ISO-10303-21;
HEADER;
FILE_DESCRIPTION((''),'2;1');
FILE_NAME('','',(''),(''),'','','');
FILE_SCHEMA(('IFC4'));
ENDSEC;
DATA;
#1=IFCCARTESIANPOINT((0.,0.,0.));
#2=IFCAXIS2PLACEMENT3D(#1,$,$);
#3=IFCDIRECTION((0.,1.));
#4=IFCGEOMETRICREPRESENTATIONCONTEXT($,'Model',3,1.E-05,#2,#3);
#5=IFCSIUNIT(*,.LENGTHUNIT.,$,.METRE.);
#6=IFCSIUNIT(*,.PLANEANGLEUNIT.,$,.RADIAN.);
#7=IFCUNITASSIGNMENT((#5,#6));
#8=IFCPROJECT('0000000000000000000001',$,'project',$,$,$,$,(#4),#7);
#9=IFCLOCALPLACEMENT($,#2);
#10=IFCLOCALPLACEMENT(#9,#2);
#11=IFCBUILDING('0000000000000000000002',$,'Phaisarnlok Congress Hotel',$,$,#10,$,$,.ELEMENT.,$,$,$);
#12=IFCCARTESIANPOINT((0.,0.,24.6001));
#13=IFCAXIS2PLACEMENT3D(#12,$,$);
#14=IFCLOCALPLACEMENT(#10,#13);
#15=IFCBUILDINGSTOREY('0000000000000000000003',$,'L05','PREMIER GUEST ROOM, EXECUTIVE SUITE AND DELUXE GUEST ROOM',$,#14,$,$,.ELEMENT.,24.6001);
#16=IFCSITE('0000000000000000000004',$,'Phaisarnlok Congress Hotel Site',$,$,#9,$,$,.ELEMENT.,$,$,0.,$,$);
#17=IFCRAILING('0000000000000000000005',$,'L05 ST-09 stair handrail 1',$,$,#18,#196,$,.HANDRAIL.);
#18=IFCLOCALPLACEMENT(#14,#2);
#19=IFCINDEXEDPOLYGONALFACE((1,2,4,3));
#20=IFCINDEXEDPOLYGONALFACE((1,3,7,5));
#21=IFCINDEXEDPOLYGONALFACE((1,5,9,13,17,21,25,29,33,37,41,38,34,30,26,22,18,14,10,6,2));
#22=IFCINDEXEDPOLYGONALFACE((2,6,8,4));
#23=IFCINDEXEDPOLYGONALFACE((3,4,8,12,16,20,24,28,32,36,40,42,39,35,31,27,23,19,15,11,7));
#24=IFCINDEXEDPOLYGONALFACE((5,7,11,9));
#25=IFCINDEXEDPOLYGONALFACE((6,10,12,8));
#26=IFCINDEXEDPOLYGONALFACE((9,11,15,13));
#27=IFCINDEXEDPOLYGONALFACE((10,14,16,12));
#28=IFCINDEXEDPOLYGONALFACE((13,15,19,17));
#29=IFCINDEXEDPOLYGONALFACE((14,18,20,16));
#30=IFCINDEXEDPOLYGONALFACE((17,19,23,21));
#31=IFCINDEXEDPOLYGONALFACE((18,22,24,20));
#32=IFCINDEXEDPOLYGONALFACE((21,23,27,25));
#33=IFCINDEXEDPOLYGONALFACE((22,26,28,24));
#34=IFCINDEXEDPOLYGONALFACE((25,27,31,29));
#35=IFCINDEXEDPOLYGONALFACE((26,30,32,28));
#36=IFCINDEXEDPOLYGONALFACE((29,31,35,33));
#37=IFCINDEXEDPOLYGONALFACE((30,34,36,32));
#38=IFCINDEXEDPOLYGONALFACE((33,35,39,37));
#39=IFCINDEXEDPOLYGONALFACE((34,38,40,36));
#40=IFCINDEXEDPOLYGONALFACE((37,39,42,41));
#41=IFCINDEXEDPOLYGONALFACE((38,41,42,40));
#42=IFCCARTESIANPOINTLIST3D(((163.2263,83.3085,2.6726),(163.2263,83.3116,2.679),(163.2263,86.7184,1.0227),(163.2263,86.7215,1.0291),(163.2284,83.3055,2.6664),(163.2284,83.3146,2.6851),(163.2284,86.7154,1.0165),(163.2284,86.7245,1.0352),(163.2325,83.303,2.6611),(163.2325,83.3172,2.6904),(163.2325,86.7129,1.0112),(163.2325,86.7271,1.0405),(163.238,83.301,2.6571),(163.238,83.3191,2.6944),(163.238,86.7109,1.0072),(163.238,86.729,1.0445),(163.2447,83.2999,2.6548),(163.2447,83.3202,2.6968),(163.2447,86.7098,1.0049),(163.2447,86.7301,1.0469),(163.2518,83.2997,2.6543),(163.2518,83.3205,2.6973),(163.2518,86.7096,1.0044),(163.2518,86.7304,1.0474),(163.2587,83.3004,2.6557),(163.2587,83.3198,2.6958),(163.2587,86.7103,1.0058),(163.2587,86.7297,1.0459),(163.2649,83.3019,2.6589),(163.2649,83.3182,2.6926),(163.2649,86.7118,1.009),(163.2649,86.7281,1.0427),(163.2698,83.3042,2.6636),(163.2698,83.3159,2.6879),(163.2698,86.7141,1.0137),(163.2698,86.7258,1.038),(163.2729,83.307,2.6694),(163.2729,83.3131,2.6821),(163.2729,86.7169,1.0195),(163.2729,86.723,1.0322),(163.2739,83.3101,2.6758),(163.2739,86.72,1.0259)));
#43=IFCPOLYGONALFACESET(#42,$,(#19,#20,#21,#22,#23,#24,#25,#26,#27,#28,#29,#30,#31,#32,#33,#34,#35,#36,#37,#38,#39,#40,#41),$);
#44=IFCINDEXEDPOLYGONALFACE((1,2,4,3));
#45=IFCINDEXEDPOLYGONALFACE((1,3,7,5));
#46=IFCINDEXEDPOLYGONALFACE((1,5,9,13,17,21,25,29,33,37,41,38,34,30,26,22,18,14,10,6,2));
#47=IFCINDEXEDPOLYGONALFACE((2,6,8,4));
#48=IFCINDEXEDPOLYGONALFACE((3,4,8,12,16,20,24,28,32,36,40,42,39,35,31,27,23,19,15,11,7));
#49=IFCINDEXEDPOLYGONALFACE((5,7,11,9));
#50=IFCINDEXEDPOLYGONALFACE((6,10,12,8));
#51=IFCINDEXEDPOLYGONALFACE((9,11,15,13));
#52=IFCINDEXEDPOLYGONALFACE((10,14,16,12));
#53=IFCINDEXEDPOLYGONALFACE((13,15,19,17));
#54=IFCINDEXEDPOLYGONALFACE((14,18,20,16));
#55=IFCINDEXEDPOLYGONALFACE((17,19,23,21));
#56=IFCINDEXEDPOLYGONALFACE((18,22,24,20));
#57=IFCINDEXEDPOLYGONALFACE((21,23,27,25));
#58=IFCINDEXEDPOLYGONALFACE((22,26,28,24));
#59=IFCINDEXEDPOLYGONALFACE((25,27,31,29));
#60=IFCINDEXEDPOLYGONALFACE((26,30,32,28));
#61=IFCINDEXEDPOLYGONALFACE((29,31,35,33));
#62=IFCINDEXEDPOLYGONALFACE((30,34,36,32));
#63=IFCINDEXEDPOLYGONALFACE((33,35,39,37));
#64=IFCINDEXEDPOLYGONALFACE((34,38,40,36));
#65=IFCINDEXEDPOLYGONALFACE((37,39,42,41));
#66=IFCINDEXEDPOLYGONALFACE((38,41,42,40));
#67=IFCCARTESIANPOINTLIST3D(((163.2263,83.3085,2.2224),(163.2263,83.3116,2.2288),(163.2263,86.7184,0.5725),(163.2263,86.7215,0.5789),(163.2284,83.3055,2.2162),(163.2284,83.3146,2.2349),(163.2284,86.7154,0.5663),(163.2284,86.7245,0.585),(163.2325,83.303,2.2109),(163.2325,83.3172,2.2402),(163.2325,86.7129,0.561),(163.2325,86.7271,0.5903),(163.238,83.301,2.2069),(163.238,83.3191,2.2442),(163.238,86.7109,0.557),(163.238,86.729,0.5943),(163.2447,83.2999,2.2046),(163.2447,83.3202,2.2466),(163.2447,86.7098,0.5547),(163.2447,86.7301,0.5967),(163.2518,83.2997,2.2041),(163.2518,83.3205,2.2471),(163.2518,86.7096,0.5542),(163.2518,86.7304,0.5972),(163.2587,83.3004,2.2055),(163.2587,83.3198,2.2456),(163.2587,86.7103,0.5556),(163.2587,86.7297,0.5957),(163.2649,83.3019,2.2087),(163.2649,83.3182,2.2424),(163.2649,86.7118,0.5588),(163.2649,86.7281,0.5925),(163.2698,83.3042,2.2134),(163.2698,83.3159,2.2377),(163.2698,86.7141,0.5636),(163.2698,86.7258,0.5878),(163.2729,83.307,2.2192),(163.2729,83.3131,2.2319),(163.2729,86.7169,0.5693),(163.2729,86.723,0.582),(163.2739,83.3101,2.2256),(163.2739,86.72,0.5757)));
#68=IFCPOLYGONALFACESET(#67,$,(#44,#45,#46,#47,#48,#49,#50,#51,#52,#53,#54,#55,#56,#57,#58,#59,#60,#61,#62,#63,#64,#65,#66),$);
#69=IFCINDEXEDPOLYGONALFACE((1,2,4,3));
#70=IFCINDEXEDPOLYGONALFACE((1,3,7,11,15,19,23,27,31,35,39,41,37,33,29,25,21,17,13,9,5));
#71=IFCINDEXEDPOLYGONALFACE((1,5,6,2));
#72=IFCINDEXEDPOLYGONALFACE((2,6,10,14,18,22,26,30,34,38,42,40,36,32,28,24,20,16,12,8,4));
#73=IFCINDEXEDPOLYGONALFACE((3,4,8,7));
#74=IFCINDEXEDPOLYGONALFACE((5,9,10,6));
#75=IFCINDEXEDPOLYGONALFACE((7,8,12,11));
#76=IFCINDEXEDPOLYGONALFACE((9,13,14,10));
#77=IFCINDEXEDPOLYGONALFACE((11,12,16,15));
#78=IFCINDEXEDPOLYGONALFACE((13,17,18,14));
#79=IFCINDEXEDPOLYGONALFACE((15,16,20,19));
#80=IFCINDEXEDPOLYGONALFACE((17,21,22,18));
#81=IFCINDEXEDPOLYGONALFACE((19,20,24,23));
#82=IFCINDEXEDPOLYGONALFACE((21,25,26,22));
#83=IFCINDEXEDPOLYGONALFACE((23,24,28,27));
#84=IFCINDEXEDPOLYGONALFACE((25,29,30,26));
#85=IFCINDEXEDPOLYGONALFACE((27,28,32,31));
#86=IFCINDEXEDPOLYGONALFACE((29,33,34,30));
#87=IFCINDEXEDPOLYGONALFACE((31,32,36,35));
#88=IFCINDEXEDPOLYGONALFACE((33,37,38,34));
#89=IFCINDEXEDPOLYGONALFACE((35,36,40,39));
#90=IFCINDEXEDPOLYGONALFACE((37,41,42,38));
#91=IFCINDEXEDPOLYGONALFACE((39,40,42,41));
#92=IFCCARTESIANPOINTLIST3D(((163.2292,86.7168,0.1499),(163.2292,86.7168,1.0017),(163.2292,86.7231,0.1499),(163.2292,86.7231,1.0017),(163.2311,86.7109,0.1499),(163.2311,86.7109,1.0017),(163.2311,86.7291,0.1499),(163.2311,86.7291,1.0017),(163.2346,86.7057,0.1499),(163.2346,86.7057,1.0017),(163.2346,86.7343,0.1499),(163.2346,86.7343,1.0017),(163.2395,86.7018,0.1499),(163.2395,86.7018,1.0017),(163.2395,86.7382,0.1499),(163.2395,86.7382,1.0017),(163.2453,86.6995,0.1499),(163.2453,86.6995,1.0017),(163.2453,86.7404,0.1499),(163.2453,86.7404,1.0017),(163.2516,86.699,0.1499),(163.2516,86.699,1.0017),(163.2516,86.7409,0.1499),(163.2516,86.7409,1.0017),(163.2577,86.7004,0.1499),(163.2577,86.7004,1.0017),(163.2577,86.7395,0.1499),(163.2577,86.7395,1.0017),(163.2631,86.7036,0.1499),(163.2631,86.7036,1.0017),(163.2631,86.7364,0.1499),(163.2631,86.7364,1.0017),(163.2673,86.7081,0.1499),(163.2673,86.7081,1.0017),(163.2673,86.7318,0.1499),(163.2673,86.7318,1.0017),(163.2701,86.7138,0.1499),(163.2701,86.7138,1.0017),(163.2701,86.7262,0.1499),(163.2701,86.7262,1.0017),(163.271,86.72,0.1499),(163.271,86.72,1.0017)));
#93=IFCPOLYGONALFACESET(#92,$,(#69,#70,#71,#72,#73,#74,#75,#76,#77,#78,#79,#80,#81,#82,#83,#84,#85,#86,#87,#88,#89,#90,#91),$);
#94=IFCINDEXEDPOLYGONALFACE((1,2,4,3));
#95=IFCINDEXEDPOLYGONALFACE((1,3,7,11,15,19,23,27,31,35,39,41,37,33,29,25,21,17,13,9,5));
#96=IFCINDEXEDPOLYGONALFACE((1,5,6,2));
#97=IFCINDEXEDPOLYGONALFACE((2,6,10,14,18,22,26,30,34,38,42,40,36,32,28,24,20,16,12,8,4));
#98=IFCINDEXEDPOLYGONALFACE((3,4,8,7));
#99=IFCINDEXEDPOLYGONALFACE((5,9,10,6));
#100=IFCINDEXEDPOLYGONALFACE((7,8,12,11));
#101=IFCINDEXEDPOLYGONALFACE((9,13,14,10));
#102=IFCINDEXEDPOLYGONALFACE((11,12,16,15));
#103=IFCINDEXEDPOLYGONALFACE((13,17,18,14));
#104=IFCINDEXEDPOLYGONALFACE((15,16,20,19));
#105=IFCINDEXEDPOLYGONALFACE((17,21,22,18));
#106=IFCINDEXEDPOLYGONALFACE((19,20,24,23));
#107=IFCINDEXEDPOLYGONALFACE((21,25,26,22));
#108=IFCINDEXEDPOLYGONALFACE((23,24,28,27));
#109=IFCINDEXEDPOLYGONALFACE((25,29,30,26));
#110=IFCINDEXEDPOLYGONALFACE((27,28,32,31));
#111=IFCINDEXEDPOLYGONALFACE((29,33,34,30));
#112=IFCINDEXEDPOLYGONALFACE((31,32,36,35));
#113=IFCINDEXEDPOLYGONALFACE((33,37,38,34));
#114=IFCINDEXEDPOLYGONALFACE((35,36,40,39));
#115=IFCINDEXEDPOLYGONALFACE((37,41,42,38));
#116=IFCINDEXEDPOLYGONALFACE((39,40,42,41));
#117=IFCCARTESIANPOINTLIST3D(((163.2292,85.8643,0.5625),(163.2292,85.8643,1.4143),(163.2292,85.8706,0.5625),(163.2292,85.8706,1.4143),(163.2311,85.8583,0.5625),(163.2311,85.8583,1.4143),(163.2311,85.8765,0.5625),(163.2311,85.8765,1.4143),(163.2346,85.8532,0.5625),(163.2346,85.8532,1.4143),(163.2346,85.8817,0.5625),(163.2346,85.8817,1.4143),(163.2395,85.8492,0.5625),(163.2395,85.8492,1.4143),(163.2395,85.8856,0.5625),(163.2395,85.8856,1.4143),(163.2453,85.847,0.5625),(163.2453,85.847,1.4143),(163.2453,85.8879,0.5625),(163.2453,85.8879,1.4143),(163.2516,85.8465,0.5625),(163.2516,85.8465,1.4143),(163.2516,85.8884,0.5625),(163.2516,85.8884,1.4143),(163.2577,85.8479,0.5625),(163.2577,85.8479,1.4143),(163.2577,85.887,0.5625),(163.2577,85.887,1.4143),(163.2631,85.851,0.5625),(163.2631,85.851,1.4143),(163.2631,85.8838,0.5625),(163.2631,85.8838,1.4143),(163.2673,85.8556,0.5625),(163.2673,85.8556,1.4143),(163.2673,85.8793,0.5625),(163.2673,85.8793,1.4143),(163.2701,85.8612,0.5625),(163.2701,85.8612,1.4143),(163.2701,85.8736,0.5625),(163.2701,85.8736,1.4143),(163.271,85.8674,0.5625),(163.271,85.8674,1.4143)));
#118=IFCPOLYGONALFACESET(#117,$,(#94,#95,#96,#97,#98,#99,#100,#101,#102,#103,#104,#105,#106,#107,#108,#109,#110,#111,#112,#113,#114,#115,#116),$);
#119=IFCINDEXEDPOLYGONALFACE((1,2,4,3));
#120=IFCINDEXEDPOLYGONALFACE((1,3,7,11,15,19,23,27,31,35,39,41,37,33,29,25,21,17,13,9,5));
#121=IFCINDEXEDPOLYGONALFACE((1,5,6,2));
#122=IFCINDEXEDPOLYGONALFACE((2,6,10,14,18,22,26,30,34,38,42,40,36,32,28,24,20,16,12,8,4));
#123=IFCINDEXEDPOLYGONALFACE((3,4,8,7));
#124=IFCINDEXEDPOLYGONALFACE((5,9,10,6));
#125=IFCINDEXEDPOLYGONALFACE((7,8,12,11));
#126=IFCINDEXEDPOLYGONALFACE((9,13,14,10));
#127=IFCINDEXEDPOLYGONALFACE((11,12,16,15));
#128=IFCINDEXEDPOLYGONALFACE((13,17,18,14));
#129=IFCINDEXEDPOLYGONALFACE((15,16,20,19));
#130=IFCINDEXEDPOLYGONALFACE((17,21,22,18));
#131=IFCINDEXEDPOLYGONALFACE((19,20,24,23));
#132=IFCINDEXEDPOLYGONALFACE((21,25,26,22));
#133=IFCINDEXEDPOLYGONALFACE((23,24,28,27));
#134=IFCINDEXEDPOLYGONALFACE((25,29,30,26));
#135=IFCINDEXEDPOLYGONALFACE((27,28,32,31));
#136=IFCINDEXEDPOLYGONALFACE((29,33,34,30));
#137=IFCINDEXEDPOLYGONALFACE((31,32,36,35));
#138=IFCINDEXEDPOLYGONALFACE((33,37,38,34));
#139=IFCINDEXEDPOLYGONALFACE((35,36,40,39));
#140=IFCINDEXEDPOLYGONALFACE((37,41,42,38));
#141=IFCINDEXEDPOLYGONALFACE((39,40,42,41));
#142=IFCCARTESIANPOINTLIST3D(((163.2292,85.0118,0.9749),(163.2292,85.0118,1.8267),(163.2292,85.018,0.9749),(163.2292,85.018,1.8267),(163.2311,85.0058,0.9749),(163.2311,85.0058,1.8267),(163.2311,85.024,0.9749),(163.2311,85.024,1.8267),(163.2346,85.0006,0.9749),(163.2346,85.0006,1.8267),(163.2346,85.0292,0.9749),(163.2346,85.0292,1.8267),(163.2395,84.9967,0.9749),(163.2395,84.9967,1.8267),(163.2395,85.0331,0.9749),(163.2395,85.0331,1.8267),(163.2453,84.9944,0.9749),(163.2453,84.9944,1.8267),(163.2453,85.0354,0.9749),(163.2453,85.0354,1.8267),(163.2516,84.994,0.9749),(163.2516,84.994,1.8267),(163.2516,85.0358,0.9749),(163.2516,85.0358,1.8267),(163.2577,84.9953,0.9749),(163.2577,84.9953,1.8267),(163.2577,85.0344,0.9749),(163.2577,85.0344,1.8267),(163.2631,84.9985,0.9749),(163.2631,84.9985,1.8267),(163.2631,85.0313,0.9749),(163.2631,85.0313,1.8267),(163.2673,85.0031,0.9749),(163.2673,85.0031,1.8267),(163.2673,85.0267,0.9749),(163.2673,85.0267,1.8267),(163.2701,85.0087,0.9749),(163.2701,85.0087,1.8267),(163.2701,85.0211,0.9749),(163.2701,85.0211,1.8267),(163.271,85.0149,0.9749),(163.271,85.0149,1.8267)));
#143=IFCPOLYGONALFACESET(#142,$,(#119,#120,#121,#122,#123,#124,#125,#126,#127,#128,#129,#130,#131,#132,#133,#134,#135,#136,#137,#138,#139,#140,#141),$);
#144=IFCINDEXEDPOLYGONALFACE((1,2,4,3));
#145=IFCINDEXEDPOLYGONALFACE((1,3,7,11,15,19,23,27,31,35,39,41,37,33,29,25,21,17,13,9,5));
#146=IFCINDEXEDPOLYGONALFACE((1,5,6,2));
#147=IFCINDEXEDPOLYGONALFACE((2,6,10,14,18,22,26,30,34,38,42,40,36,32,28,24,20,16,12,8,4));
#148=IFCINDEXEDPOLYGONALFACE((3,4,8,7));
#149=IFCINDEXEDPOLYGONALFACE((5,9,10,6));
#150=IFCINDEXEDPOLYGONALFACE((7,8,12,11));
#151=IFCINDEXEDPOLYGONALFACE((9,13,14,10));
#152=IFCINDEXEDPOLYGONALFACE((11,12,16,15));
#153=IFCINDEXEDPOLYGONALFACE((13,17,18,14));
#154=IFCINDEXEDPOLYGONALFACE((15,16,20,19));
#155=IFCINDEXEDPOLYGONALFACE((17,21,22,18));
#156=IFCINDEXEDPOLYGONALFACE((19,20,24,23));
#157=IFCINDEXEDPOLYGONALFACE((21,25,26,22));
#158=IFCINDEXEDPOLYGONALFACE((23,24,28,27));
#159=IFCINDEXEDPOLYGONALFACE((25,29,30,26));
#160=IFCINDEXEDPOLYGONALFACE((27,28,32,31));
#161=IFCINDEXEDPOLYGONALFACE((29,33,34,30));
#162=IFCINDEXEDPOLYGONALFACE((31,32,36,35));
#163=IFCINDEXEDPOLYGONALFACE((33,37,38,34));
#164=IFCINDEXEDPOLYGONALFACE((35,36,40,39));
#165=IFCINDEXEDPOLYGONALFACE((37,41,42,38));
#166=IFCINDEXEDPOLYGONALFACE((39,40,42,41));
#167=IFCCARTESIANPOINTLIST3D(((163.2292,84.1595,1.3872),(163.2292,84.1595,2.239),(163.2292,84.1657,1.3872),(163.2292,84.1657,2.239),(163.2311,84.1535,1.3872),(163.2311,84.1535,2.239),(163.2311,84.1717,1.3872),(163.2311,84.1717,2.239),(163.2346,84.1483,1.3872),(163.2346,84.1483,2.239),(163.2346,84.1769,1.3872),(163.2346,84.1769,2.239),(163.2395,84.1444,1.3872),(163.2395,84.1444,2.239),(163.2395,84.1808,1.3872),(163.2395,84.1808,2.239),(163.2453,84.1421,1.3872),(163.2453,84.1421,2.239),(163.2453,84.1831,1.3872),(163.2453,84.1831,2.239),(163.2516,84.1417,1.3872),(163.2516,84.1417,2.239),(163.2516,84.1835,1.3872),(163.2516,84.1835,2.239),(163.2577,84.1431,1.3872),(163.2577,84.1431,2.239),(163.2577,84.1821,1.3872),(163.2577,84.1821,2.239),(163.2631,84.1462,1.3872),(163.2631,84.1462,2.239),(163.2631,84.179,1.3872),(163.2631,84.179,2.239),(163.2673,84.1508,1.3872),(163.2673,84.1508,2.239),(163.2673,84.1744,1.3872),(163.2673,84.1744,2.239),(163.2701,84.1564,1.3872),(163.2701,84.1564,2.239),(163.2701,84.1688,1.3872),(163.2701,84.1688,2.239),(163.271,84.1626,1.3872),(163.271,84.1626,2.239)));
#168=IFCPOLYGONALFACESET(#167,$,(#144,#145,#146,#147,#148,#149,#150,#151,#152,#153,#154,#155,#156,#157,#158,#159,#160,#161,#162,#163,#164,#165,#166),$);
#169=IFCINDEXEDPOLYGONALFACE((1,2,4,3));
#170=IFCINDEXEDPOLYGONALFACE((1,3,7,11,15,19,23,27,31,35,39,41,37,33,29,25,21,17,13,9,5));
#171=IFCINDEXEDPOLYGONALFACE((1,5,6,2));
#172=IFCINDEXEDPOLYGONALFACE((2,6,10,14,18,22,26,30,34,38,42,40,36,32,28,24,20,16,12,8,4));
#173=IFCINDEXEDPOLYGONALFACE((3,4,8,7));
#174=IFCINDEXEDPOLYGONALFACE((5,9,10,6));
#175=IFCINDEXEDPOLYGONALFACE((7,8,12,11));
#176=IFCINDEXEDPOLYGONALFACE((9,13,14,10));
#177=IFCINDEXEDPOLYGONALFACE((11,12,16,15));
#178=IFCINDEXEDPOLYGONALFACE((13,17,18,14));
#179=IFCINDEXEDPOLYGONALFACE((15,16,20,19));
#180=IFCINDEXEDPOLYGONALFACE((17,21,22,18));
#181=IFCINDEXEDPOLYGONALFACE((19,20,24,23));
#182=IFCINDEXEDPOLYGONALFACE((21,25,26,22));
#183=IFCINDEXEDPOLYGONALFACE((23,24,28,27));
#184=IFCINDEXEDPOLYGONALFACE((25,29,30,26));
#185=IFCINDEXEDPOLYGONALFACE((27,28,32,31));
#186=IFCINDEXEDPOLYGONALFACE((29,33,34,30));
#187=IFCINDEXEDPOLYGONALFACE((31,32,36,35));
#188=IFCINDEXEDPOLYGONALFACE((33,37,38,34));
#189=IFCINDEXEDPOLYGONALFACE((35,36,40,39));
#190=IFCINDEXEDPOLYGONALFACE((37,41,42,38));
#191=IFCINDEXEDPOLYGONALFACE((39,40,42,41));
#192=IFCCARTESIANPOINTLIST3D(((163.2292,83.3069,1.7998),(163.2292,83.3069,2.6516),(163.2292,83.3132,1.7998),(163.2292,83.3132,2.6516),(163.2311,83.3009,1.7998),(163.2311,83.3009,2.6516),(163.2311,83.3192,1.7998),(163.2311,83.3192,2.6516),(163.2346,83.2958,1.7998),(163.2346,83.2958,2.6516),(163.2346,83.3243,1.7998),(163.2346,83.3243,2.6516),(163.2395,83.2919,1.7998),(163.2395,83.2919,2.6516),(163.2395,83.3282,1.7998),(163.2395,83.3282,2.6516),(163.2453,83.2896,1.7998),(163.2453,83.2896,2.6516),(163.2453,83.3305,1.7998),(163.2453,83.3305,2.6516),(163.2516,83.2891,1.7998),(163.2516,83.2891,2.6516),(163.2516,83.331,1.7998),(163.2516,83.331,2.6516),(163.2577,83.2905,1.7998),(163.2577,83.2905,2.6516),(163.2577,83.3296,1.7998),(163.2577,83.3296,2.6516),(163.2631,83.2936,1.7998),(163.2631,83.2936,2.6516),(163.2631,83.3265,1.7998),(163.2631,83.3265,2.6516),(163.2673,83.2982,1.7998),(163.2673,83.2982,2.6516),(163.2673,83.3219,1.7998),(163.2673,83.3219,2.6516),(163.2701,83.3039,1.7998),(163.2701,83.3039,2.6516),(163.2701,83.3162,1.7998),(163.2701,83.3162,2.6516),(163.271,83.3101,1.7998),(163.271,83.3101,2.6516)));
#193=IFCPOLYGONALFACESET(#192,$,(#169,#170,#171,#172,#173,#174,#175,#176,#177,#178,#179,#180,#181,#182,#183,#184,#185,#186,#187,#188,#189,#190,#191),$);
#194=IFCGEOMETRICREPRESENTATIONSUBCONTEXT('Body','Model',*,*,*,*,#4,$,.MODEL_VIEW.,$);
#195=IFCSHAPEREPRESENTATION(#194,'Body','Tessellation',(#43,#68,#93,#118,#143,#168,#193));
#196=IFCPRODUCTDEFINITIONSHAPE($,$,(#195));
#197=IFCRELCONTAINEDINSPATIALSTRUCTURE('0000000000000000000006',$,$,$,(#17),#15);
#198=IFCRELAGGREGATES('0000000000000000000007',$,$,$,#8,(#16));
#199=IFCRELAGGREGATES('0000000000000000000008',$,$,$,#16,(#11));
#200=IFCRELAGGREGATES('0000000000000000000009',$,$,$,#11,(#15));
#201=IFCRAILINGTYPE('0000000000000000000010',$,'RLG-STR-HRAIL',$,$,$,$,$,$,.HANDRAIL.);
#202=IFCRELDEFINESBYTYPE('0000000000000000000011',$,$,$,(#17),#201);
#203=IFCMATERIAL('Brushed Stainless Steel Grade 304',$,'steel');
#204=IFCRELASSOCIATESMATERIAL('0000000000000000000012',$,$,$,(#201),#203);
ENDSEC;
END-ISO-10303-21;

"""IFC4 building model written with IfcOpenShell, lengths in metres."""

from ifc_helpers import new_model, si_unit, direction, frame, origin, origin_2d, place, context, subcontext, project, spatial, circle, extrude, material, type_object, element, save


model = new_model("IFC4")

# Units and contexts
model_context = context("Model", 3, precision=1e-05, world=origin(), true_north=direction((0.0, 1.0)))
body_context = subcontext(model_context, "Body", "Model", "MODEL_VIEW")
ifc_project = project(units=[si_unit("LENGTHUNIT", "METRE"), si_unit("PLANEANGLEUNIT", "RADIAN")], contexts=[model_context])

# Site, building, storey
site_placement = place(None, origin())
site = spatial("IfcSite", under=ifc_project, at=site_placement, Name="Phaisarnlok Congress Hotel Site", CompositionType="ELEMENT", RefElevation=0.0)
building_placement = place(site_placement, origin())
building = spatial("IfcBuilding", under=site, at=building_placement, Name="Phaisarnlok Congress Hotel", CompositionType="ELEMENT")
storey_placement = place(building_placement, frame((0.0, 0.0, 24.6001)))
storey = spatial("IfcBuildingStorey", under=building, at=storey_placement, Name="L05", Description="PREMIER GUEST ROOM, EXECUTIVE SUITE AND DELUXE GUEST ROOM", CompositionType="ELEMENT", Elevation=24.6001)

# Railing
ifc_material_1 = material(Name="Brushed Stainless Steel Grade 304", Category="steel")
railing_type_1 = type_object("IfcRailingType", Name="RLG-STR-HRAIL", PredefinedType="HANDRAIL", material=ifc_material_1)
railing_1_placement = place(storey_placement, frame((163.25, 86.72, 0.1499)))
element("IfcRailing", 1, at=railing_1_placement, inside=storey, type_object=railing_type_1, Name="L05 ST-09 stair handrail 1", PredefinedType="HANDRAIL", context=body_context, shape_type="SweptSolid", body=[
    extrude(circle(Radius=0.0239, at=origin_2d()), frame((0.0, 0.0, 0.876), z_axis=(0.0, -0.900165, 0.435549), x_axis=(1.0, 0.0, 0.0)), (0.0, 0.0, 1.0), 3.7881),
    extrude(circle(Radius=0.0239, at=origin_2d()), frame((0.0, 0.0, 0.4258), z_axis=(0.0, -0.900165, 0.435549), x_axis=(1.0, 0.0, 0.0)), (0.0, 0.0, 1.0), 3.7881),
    extrude(circle(Radius=0.021, at=origin_2d()), origin(), (0.0, 0.0, 1.0), 0.8518),
    extrude(circle(Radius=0.021, at=origin_2d()), frame((0.0, -0.8525, 0.4126)), (0.0, 0.0, 1.0), 0.8518),
    extrude(circle(Radius=0.021, at=origin_2d()), frame((0.0, -1.7051, 0.825)), (0.0, 0.0, 1.0), 0.8518),
    extrude(circle(Radius=0.021, at=origin_2d()), frame((0.0, -2.5574, 1.2373)), (0.0, 0.0, 1.0), 0.8518),
    extrude(circle(Radius=0.021, at=origin_2d()), frame((0.0, -3.4099, 1.6499)), (0.0, 0.0, 1.0), 0.8518),
])

save(model, "model.ifc")
